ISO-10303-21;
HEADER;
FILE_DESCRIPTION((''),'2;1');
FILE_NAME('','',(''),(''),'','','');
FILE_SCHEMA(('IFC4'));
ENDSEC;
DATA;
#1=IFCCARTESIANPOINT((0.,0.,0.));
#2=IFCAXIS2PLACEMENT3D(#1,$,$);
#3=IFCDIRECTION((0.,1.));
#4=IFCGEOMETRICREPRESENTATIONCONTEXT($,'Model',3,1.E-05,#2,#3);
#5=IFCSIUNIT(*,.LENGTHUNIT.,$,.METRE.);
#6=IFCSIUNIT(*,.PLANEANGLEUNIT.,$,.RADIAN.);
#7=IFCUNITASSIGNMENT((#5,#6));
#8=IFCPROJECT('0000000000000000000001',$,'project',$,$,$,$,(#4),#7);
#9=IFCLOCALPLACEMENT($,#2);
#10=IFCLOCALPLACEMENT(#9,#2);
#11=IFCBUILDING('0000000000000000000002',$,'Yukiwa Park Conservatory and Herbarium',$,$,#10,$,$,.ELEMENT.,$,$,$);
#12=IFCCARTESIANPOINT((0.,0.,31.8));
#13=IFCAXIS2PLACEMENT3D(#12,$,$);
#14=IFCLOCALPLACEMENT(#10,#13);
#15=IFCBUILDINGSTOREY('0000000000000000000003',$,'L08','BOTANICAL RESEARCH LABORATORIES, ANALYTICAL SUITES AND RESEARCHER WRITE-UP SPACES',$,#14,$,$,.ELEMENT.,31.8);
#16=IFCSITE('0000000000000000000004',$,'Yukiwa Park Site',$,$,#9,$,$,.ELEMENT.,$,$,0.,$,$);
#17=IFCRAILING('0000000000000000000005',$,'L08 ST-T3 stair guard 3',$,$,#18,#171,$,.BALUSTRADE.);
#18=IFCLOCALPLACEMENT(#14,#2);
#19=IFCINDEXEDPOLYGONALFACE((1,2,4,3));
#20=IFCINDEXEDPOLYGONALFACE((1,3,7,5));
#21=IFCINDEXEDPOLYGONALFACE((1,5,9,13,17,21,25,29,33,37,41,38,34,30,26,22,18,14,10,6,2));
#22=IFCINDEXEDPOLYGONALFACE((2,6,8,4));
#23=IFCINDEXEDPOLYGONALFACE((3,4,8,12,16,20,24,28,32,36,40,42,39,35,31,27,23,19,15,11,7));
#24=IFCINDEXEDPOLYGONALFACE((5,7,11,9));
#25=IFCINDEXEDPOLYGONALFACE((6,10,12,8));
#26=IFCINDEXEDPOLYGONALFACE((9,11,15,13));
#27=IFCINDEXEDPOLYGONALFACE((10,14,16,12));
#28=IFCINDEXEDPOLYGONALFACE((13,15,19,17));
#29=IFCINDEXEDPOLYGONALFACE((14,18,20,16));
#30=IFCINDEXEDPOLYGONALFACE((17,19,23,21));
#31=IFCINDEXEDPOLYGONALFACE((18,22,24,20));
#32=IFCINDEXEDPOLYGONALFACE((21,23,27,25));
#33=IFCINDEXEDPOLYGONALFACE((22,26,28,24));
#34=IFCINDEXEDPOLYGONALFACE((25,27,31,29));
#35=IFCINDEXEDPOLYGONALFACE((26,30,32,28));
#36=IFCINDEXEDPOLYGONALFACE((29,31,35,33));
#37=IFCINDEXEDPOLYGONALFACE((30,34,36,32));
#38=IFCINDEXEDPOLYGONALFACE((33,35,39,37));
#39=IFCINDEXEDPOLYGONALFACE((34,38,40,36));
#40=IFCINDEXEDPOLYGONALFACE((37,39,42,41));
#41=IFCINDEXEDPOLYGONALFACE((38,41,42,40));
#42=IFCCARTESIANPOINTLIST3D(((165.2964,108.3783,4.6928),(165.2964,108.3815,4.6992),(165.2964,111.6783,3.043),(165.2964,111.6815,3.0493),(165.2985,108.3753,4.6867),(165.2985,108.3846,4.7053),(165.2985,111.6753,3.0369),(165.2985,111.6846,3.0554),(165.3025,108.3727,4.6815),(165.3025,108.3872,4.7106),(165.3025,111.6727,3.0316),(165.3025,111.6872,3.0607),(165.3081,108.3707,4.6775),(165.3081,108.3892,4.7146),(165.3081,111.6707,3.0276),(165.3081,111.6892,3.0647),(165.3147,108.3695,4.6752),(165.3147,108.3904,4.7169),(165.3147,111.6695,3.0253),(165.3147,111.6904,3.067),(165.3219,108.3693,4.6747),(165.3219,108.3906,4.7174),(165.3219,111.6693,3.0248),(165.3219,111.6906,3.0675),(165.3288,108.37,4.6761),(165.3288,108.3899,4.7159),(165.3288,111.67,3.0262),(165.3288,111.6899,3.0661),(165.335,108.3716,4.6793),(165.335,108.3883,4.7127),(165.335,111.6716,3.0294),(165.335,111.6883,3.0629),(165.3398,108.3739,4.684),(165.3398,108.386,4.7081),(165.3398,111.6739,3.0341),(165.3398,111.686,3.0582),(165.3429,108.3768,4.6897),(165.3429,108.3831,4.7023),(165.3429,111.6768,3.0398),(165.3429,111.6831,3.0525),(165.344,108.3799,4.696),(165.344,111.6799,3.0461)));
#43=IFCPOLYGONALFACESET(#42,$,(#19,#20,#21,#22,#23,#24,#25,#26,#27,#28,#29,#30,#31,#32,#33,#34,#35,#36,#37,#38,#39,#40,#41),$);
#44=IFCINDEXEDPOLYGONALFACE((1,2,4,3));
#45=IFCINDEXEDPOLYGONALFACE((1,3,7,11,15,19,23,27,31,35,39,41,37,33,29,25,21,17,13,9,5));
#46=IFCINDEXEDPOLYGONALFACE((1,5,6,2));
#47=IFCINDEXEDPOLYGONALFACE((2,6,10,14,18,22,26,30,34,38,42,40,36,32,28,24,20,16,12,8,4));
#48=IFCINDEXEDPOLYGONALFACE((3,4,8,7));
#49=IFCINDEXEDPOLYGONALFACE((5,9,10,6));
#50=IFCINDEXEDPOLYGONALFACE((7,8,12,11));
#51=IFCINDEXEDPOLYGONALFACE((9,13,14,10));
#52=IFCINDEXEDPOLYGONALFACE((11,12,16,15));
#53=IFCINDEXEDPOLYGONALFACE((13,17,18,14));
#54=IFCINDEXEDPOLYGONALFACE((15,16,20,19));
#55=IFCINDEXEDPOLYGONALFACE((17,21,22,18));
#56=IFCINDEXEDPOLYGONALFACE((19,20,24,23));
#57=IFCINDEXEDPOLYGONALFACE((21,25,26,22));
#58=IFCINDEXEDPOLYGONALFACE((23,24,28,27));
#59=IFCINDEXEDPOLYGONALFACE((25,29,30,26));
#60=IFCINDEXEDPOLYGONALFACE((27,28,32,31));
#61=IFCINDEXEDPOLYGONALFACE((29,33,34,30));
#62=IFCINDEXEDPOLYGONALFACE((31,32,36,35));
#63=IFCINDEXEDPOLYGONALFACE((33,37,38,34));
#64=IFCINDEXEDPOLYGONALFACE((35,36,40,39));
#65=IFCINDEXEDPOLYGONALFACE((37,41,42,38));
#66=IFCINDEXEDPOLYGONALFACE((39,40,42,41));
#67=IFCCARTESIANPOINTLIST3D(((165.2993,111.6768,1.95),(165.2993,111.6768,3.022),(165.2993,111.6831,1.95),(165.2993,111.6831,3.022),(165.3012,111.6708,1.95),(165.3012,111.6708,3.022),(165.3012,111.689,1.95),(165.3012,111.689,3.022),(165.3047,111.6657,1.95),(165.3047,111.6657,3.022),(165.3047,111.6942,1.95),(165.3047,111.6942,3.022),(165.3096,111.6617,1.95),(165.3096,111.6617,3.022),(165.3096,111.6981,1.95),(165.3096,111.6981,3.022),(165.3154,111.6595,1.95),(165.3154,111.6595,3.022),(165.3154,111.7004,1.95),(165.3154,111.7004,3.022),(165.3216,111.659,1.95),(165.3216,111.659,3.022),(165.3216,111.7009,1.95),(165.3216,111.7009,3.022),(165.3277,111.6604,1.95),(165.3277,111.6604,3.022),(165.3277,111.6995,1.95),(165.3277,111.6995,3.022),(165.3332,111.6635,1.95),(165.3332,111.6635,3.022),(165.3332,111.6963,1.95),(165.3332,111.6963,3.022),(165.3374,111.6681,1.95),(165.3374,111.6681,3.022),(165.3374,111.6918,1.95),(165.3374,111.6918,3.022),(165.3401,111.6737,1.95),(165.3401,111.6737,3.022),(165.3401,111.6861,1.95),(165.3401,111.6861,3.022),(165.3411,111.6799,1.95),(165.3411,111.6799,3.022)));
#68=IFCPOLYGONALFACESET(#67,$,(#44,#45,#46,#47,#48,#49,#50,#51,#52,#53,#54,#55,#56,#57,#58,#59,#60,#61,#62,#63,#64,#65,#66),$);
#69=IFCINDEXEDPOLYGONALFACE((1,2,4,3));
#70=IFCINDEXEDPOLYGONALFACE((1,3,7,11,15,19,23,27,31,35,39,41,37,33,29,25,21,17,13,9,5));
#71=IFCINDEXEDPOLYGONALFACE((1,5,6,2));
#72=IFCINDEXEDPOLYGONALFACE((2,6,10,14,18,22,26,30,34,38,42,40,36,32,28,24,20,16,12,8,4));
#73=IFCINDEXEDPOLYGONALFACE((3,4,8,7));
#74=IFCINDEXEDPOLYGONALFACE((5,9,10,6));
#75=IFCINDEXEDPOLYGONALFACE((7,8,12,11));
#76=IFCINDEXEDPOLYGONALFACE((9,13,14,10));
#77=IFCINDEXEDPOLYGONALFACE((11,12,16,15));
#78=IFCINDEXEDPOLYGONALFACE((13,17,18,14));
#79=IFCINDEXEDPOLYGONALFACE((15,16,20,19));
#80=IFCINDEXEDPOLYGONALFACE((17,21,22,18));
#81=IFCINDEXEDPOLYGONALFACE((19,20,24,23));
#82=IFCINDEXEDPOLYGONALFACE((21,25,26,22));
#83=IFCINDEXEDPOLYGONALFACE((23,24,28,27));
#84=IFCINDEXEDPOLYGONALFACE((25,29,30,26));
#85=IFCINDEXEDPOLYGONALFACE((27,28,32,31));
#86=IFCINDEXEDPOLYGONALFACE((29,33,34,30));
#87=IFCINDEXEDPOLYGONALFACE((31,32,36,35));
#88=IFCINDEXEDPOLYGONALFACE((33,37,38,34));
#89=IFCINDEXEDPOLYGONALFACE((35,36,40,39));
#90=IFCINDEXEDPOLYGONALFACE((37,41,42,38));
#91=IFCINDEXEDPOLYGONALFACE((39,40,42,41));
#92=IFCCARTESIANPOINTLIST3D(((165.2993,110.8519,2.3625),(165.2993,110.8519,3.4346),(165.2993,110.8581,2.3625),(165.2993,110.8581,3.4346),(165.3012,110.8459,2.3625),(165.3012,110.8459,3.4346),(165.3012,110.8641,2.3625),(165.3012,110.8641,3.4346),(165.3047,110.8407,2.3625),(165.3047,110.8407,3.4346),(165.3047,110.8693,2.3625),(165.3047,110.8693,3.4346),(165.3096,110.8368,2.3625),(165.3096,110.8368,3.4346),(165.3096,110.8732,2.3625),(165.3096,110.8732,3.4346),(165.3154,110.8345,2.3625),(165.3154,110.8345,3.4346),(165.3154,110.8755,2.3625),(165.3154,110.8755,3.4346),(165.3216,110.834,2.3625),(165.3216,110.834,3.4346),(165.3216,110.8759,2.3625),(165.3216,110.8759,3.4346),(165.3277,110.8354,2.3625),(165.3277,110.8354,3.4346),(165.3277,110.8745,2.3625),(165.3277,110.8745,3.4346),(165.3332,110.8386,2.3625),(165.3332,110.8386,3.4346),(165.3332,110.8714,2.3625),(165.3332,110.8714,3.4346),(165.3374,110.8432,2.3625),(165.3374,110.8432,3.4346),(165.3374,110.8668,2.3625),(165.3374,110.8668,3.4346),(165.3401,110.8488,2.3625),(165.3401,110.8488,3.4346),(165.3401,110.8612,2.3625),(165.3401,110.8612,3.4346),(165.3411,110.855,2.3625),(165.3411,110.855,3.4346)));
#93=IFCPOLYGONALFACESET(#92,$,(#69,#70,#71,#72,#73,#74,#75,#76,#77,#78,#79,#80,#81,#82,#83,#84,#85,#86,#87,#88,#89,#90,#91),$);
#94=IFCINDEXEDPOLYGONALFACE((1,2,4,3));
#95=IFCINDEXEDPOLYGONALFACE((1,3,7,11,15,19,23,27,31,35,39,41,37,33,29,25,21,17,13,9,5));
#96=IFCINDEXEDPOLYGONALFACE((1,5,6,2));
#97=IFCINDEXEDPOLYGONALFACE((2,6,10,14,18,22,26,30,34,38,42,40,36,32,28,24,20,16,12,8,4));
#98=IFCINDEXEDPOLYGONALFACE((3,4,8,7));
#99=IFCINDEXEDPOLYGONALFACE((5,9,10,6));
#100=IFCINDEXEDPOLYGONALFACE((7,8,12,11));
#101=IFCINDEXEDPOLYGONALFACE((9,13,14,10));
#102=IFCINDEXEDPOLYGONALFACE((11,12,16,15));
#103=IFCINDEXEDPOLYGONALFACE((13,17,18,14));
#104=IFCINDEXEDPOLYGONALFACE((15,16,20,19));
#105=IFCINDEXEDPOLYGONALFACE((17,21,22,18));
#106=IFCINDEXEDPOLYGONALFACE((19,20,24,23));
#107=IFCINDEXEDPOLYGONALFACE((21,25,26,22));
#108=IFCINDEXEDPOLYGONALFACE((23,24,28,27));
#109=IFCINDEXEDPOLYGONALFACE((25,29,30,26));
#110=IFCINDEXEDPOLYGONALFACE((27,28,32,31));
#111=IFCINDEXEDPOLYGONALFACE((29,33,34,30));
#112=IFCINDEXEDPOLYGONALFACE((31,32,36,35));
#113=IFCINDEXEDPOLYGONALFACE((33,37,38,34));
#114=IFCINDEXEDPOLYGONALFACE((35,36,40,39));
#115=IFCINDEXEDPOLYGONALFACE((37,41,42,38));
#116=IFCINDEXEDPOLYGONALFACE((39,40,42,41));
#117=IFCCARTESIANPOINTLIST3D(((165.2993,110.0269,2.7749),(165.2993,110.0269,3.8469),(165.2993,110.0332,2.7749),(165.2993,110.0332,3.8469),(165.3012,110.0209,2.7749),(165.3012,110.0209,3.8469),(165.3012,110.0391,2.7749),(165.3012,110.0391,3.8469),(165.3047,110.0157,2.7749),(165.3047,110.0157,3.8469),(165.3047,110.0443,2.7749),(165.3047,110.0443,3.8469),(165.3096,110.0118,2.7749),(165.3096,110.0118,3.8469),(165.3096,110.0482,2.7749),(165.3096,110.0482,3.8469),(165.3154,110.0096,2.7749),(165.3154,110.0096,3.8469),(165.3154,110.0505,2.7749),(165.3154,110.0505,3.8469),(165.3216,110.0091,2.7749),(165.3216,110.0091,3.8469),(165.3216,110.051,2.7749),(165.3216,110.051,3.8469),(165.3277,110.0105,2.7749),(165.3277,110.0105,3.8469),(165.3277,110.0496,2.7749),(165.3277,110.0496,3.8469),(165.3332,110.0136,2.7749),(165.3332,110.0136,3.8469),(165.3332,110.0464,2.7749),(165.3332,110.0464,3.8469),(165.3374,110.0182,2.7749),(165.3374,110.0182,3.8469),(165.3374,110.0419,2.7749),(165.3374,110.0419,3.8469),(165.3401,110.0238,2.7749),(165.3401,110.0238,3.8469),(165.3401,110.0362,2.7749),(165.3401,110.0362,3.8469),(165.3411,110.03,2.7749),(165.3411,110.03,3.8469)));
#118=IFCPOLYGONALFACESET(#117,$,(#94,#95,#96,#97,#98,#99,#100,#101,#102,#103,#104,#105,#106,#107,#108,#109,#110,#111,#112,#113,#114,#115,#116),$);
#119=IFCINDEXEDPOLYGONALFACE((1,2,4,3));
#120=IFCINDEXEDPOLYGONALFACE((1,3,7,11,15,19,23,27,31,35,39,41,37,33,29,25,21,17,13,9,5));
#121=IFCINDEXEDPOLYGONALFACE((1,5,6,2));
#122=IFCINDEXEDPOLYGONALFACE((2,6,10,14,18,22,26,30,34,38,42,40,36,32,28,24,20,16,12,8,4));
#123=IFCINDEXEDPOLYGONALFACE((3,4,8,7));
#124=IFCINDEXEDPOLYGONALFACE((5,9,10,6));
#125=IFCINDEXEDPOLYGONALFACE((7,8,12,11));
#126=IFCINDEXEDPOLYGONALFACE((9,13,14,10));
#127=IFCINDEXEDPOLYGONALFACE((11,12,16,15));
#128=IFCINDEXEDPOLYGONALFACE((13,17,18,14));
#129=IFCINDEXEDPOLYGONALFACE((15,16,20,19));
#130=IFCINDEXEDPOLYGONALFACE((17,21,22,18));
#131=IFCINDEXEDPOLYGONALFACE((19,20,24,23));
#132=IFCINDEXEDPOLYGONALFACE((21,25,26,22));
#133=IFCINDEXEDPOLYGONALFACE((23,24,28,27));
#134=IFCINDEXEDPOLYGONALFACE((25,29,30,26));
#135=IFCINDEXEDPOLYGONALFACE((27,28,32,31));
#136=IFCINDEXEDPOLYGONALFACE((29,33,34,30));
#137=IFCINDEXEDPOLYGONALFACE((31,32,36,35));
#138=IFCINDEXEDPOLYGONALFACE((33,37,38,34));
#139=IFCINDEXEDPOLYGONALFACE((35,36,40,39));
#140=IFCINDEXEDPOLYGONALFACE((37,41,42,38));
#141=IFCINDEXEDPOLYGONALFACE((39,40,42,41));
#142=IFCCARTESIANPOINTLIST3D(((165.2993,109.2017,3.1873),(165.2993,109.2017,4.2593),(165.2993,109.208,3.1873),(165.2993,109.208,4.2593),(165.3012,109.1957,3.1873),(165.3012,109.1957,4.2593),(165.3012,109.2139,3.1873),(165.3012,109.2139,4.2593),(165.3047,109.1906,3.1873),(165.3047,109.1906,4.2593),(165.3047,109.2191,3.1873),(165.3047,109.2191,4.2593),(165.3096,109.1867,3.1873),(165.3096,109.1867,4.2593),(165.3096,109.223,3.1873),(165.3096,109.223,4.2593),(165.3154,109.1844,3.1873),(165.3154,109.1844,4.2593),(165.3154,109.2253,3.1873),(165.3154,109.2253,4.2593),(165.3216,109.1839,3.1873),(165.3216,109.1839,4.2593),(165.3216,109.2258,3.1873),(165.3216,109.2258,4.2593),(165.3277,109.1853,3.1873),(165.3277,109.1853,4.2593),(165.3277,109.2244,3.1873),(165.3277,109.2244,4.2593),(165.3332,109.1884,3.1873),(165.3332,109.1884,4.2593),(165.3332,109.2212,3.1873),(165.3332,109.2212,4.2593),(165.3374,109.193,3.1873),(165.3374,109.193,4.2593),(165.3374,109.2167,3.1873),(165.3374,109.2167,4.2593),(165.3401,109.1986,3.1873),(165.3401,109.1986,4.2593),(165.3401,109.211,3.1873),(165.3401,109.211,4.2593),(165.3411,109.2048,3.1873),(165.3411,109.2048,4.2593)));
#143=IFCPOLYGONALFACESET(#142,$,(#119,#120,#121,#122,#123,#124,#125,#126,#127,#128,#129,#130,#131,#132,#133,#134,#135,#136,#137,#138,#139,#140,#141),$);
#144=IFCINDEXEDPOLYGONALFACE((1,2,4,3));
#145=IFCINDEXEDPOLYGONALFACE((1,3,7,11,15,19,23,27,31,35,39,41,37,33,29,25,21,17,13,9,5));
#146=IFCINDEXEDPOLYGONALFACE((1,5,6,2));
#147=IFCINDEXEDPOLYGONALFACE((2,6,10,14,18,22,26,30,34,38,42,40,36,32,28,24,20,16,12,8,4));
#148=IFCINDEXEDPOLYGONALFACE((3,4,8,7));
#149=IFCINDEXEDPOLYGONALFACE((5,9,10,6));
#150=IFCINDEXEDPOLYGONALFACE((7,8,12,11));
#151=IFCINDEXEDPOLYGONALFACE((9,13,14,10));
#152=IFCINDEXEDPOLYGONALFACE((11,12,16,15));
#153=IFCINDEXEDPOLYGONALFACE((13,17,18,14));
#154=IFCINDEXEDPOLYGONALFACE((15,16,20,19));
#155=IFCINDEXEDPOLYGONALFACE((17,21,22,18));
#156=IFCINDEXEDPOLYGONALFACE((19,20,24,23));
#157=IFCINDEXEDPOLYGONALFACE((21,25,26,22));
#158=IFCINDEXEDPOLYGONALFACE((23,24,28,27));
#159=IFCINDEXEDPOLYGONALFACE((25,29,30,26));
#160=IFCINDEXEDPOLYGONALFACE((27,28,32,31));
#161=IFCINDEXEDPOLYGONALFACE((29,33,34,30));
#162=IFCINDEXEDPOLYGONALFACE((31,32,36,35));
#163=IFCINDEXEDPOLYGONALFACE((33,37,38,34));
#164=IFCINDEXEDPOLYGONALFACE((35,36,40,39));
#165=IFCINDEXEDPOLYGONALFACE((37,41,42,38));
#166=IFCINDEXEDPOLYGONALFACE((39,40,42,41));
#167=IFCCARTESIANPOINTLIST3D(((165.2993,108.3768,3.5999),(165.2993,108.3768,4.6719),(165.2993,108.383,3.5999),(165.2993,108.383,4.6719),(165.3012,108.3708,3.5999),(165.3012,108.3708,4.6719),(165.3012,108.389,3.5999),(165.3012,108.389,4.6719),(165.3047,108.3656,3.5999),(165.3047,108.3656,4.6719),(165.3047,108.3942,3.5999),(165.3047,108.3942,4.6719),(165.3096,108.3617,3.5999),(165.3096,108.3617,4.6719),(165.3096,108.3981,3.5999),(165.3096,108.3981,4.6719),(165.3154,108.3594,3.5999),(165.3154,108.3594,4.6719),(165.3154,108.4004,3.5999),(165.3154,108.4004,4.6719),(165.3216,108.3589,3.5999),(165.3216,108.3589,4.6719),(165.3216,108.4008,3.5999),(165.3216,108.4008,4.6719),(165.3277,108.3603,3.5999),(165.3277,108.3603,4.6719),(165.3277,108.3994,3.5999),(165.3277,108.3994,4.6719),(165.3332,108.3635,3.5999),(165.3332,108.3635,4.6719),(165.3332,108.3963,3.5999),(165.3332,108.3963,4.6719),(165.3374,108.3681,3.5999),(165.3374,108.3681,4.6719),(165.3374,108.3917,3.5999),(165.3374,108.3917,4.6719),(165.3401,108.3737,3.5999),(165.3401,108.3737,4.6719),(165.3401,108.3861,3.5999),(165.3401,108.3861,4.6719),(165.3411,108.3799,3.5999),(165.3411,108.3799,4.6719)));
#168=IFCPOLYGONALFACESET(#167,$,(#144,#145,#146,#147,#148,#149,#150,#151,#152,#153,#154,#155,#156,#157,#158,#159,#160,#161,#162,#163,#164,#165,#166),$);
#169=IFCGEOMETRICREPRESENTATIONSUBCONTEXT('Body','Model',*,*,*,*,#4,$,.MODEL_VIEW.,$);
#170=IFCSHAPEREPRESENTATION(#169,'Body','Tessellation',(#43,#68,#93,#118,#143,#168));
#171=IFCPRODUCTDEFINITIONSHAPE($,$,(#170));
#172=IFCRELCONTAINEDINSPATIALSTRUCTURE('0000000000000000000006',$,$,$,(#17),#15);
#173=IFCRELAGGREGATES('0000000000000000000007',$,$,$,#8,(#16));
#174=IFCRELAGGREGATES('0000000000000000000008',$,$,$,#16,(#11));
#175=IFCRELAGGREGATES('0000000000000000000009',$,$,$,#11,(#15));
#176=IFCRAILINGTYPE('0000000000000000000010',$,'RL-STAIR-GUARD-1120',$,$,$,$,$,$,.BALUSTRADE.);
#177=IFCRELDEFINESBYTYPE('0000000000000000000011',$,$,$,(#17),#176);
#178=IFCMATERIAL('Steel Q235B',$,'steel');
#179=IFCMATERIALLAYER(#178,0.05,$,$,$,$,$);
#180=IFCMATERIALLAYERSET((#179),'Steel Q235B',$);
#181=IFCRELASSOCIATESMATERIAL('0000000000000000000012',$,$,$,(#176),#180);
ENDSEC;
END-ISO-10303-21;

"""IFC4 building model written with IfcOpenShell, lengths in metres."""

from ifc_helpers import new_model, si_unit, direction, frame, origin, origin_2d, place, context, subcontext, project, spatial, circle, extrude, material, layer, layer_set, type_object, element, save


model = new_model("IFC4")

# Units and contexts
model_context = context("Model", 3, precision=1e-05, world=origin(), true_north=direction((0.0, 1.0)))
body_context = subcontext(model_context, "Body", "Model", "MODEL_VIEW")
ifc_project = project(units=[si_unit("LENGTHUNIT", "METRE"), si_unit("PLANEANGLEUNIT", "RADIAN")], contexts=[model_context])

# Site, building, storey
site_placement = place(None, origin())
site = spatial("IfcSite", under=ifc_project, at=site_placement, Name="Yukiwa Park Site", CompositionType="ELEMENT", RefElevation=0.0)
building_placement = place(site_placement, origin())
building = spatial("IfcBuilding", under=site, at=building_placement, Name="Yukiwa Park Conservatory and Herbarium", CompositionType="ELEMENT")
storey_placement = place(building_placement, frame((0.0, 0.0, 31.8)))
storey = spatial("IfcBuildingStorey", under=building, at=storey_placement, Name="L08", Description="BOTANICAL RESEARCH LABORATORIES, ANALYTICAL SUITES AND RESEARCHER WRITE-UP SPACES", CompositionType="ELEMENT", Elevation=31.8)

# Railing
ifc_material_1 = material(Name="Steel Q235B", Category="steel")
ifc_layer_1 = layer(ifc_material_1, 0.05)
ifc_layer_set_1 = layer_set([ifc_layer_1], Name="Steel Q235B")
railing_type_1 = type_object("IfcRailingType", Name="RL-STAIR-GUARD-1120", PredefinedType="BALUSTRADE", material=ifc_layer_set_1)
railing_1_placement = place(storey_placement, frame((165.3201, 111.6799, 1.95)))
element("IfcRailing", 1, at=railing_1_placement, inside=storey, type_object=railing_type_1, Name="L08 ST-T3 stair guard 3", PredefinedType="BALUSTRADE", context=body_context, shape_type="SweptSolid", body=[
    extrude(circle(Radius=0.0239, at=origin_2d()), frame((0.0, 0.0, 1.0962), z_axis=(0.0, -0.89444, 0.447187), x_axis=(1.0, 0.0, 0.0)), (0.0, 0.0, 1.0), 3.6895),
    extrude(circle(Radius=0.021, at=origin_2d()), origin(), (0.0, 0.0, 1.0), 1.072),
    extrude(circle(Radius=0.021, at=origin_2d()), frame((0.0, -0.825, 0.4126)), (0.0, 0.0, 1.0), 1.072),
    extrude(circle(Radius=0.021, at=origin_2d()), frame((0.0, -1.6499, 0.825)), (0.0, 0.0, 1.0), 1.072),
    extrude(circle(Radius=0.021, at=origin_2d()), frame((0.0, -2.4751, 1.2373)), (0.0, 0.0, 1.0), 1.072),
    extrude(circle(Radius=0.021, at=origin_2d()), frame((0.0, -3.3, 1.6499)), (0.0, 0.0, 1.0), 1.072),
])

save(model, "model.ifc")
